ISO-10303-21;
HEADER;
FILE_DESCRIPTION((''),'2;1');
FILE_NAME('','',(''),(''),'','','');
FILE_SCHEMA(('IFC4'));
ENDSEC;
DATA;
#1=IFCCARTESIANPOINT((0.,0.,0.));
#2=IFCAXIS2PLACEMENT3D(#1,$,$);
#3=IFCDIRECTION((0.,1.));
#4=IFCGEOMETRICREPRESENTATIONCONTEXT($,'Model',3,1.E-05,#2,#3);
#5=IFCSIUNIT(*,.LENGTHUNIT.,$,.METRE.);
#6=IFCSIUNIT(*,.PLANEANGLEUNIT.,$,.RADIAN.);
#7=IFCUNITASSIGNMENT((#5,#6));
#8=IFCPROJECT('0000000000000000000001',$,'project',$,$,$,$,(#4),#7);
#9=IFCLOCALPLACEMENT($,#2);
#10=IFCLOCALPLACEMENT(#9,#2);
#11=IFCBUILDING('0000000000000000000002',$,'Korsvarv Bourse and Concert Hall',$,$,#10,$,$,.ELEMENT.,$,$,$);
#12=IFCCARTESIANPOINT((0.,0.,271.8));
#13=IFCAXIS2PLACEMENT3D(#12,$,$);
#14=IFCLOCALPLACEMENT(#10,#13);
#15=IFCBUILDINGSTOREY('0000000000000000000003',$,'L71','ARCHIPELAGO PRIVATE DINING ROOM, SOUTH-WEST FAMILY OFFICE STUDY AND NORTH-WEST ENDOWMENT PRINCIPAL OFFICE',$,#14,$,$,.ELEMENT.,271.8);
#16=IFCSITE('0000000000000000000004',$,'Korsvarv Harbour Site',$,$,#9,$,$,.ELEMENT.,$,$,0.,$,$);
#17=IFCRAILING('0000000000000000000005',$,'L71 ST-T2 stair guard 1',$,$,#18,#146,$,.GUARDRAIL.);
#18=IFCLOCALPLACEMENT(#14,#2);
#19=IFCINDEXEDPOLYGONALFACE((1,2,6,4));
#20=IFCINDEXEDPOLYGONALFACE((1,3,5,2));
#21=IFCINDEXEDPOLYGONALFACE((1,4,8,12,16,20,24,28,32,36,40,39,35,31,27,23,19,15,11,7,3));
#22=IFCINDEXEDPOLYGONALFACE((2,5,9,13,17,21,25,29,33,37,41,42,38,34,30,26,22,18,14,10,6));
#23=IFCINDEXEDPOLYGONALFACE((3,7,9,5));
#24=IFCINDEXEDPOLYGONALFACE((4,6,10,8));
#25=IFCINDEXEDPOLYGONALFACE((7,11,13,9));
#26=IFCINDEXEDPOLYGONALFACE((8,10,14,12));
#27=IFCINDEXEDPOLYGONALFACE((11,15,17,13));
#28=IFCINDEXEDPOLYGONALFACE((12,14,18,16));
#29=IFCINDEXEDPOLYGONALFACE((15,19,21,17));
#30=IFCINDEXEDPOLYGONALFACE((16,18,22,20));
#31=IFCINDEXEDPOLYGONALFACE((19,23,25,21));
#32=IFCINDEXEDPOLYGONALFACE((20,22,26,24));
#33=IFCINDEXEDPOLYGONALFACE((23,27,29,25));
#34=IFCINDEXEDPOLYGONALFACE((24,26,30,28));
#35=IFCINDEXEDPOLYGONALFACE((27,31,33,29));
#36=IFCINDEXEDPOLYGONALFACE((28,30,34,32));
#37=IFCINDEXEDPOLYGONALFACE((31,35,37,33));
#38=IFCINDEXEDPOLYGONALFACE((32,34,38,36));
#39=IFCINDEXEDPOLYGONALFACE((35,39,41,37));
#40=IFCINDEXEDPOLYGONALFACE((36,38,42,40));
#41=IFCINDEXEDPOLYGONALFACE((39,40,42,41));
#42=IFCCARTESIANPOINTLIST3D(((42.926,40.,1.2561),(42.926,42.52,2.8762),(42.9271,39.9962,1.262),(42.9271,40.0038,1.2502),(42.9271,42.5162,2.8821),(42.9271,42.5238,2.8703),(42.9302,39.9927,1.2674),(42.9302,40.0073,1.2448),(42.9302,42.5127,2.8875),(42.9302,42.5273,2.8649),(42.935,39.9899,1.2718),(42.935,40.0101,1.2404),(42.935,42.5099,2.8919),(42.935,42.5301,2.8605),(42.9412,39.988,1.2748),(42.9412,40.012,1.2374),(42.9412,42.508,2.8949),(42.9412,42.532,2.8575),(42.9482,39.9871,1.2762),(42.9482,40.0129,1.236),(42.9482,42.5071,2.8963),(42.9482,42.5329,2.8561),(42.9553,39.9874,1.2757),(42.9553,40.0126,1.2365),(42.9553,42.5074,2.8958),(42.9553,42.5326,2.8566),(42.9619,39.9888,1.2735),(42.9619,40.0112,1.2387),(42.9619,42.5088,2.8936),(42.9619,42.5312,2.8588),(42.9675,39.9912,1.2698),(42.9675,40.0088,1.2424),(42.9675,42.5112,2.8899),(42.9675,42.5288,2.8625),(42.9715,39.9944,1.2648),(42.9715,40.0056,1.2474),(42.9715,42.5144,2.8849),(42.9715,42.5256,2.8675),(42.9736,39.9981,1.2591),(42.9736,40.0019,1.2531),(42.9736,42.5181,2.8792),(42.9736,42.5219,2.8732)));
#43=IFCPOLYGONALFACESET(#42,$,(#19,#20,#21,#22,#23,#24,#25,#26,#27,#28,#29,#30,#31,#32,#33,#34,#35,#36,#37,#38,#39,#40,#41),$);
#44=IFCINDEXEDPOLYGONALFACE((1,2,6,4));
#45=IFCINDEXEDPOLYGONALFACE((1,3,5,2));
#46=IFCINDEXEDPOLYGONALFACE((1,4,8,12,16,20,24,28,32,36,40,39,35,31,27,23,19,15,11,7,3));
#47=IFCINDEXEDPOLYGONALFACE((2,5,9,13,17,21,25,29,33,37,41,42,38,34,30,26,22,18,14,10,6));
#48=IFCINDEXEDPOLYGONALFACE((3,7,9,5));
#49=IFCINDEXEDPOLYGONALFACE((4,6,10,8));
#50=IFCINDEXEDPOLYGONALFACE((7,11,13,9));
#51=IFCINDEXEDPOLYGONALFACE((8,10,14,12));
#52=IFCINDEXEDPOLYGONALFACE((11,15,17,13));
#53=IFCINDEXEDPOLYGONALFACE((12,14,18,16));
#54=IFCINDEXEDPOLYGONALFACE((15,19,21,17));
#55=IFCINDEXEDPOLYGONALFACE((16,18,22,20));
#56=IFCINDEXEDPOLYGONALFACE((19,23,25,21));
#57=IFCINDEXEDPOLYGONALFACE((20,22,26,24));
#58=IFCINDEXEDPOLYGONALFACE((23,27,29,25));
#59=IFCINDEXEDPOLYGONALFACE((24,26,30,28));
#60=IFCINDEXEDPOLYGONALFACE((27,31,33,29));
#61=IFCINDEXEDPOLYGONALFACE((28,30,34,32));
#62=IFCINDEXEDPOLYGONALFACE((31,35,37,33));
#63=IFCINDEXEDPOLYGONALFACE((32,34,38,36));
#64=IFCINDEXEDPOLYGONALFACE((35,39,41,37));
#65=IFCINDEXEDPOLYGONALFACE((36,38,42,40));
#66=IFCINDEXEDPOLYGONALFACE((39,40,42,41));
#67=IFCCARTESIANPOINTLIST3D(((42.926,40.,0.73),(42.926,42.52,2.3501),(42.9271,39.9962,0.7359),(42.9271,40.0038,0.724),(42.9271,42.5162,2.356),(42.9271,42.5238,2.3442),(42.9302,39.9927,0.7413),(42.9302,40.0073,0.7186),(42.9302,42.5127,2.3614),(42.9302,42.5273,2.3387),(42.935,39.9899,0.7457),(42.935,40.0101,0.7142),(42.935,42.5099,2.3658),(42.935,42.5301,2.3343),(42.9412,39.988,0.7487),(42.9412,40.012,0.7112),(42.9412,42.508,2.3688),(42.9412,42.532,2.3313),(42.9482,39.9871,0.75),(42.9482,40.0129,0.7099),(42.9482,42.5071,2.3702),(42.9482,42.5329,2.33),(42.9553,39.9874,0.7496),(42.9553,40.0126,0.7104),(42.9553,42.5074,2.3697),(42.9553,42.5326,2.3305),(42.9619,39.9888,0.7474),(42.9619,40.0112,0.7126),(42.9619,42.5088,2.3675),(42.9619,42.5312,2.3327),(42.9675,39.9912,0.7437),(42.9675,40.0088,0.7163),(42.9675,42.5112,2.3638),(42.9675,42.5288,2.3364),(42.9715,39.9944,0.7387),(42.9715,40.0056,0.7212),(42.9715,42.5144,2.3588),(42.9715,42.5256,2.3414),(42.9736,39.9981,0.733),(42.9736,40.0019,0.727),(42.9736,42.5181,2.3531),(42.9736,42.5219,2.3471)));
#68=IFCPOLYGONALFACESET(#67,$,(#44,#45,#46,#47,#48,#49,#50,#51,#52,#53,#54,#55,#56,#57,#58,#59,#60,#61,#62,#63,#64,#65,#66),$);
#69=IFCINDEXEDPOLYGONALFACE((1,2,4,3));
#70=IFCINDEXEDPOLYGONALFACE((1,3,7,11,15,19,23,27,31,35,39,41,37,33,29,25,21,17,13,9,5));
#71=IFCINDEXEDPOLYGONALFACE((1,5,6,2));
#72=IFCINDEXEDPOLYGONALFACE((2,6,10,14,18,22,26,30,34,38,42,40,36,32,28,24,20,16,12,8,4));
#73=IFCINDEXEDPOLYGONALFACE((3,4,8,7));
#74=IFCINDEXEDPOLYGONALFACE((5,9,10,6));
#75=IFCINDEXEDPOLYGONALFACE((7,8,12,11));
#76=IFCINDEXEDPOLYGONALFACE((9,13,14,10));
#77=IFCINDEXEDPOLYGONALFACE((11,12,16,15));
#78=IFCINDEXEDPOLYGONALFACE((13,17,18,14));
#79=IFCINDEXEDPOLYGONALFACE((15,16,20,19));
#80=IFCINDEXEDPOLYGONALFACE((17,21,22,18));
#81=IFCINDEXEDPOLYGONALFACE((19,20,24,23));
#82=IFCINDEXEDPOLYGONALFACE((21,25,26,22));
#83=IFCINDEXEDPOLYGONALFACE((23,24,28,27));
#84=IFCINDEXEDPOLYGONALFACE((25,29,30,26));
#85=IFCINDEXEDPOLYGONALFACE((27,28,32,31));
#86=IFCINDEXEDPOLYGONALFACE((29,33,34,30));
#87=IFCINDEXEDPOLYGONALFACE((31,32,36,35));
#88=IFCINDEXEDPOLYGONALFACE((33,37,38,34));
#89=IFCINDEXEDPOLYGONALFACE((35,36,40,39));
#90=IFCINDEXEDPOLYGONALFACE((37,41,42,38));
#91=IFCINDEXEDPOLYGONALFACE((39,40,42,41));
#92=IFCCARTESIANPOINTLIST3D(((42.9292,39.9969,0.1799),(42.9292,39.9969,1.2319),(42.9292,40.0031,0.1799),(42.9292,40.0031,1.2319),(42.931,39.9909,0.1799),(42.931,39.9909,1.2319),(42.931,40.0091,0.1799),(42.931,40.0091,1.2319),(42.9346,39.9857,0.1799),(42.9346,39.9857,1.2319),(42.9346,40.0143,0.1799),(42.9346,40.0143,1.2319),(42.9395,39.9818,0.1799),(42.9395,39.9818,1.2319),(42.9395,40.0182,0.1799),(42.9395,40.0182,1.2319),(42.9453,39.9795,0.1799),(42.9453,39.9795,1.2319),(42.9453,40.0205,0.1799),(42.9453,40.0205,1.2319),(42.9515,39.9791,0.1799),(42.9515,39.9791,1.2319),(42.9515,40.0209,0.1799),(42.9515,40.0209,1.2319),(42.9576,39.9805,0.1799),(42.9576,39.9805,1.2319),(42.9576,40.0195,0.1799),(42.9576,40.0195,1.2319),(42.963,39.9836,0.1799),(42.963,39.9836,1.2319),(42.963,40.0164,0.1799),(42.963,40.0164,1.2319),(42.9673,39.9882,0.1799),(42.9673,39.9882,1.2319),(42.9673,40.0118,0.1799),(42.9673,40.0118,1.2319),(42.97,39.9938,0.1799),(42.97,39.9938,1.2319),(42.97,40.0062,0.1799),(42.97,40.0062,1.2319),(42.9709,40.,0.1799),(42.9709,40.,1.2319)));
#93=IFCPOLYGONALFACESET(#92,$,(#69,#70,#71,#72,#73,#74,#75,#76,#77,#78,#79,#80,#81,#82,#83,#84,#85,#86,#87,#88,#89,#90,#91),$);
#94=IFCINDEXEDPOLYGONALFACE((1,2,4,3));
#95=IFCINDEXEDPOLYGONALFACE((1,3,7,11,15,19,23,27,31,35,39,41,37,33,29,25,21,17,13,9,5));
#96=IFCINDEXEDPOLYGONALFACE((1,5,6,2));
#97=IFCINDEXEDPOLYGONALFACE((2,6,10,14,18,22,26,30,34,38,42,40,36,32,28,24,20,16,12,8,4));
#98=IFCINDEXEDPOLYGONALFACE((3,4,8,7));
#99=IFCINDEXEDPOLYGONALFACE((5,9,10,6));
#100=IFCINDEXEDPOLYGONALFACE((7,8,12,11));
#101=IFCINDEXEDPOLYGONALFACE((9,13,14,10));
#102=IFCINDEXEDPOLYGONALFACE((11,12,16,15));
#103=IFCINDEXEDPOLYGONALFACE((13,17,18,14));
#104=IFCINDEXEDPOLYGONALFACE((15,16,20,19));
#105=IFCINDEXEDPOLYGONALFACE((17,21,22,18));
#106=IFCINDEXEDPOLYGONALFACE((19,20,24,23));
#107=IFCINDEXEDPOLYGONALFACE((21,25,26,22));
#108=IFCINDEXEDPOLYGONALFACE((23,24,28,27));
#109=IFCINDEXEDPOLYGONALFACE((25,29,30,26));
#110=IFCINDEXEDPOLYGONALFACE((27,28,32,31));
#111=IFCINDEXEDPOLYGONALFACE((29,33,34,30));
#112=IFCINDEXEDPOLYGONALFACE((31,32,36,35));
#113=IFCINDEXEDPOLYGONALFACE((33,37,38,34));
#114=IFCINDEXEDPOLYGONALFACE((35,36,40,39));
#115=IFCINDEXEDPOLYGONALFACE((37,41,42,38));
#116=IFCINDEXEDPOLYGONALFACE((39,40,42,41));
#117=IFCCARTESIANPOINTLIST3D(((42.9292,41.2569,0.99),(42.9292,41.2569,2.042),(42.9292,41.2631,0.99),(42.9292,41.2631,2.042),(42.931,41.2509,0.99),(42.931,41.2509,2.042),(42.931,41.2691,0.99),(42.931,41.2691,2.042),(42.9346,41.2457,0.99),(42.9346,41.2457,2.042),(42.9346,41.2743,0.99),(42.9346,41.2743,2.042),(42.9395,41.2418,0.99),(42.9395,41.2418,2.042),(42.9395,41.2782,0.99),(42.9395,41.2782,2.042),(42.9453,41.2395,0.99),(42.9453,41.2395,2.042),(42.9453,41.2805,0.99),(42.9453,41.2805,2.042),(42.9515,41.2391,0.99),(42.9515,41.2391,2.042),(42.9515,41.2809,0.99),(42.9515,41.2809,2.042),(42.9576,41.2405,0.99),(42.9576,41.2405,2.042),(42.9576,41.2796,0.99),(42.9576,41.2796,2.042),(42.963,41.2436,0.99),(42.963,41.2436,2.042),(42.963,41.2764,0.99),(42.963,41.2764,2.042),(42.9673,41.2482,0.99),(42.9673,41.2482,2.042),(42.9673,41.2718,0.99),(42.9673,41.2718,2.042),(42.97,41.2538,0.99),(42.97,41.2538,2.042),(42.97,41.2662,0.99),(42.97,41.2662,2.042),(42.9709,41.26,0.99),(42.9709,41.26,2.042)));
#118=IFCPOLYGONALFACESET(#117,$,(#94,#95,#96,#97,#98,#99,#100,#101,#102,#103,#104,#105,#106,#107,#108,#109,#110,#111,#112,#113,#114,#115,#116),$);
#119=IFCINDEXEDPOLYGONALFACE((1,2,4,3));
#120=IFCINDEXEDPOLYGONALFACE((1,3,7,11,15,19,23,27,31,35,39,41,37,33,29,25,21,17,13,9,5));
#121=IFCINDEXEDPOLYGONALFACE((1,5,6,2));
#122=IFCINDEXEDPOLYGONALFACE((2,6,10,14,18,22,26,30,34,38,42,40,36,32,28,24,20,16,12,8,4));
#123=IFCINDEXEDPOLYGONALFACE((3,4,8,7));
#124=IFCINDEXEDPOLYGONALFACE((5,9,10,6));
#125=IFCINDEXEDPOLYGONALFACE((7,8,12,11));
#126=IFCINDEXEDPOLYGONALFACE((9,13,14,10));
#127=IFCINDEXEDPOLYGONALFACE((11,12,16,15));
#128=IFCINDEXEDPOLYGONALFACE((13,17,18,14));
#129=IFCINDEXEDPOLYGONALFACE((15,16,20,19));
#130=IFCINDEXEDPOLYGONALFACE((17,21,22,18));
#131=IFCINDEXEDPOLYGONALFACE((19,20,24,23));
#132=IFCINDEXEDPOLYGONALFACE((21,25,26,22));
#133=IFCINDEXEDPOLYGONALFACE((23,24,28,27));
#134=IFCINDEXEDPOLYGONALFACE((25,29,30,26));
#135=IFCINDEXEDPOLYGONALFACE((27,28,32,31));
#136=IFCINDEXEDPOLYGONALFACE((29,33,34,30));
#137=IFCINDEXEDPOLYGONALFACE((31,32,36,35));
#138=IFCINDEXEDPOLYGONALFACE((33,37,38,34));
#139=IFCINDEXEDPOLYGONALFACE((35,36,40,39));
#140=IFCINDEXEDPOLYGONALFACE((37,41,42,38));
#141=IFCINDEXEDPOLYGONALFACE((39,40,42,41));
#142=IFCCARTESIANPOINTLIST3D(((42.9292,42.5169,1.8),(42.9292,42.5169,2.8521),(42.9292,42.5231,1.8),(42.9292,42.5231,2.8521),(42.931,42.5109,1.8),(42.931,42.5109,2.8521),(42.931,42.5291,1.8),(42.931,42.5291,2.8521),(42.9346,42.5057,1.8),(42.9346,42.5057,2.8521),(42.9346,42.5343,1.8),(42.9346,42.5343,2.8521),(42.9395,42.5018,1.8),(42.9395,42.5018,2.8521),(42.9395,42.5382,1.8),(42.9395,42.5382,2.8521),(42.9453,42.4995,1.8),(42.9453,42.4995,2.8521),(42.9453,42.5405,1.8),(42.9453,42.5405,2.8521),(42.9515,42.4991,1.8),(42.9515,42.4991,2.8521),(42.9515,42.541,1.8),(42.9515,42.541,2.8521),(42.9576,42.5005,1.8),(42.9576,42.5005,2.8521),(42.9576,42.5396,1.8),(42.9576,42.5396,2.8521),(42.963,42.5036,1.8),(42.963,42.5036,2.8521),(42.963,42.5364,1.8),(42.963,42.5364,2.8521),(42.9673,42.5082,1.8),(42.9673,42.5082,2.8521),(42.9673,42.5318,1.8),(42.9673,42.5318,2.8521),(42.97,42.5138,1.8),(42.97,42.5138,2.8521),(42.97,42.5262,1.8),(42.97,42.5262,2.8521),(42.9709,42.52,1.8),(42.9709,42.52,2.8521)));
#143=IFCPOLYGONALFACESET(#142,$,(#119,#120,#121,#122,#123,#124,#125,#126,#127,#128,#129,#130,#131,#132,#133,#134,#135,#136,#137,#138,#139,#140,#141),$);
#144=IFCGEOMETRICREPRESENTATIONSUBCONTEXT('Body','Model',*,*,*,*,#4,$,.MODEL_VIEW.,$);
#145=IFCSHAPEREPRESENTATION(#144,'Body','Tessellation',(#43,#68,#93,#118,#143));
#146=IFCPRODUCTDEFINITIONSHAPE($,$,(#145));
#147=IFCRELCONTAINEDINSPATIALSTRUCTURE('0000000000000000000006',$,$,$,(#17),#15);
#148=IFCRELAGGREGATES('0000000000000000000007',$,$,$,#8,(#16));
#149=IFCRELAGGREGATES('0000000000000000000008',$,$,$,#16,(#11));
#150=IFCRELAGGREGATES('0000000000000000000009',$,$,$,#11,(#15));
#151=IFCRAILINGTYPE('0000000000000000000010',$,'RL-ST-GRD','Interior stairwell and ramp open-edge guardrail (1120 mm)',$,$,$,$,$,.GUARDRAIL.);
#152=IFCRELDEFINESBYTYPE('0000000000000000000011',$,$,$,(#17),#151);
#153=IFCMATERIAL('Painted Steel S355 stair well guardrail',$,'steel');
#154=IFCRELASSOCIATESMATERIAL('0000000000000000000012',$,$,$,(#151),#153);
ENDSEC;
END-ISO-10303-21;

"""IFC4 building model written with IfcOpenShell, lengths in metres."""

from ifc_helpers import new_model, si_unit, direction, frame, origin, origin_2d, place, context, subcontext, project, spatial, circle, extrude, material, type_object, element, save


model = new_model("IFC4")

# Units and contexts
model_context = context("Model", 3, precision=1e-05, world=origin(), true_north=direction((0.0, 1.0)))
body_context = subcontext(model_context, "Body", "Model", "MODEL_VIEW")
ifc_project = project(units=[si_unit("LENGTHUNIT", "METRE"), si_unit("PLANEANGLEUNIT", "RADIAN")], contexts=[model_context])

# Site, building, storey
site_placement = place(None, origin())
site = spatial("IfcSite", under=ifc_project, at=site_placement, Name="Korsvarv Harbour Site", CompositionType="ELEMENT", RefElevation=0.0)
building_placement = place(site_placement, origin())
building = spatial("IfcBuilding", under=site, at=building_placement, Name="Korsvarv Bourse and Concert Hall", CompositionType="ELEMENT")
storey_placement = place(building_placement, frame((0.0, 0.0, 271.8)))
storey = spatial("IfcBuildingStorey", under=building, at=storey_placement, Name="L71", Description="ARCHIPELAGO PRIVATE DINING ROOM, SOUTH-WEST FAMILY OFFICE STUDY AND NORTH-WEST ENDOWMENT PRINCIPAL OFFICE", CompositionType="ELEMENT", Elevation=271.8)

# Railing
ifc_material_1 = material(Name="Painted Steel S355 stair well guardrail", Category="steel")
railing_type_1 = type_object("IfcRailingType", Name="RL-ST-GRD", Description="Interior stairwell and ramp open-edge guardrail (1120 mm)", PredefinedType="GUARDRAIL", material=ifc_material_1)
railing_1_placement = place(storey_placement, frame((42.95, 40.0, 0.1799)))
element("IfcRailing", 1, at=railing_1_placement, inside=storey, type_object=railing_type_1, Name="L71 ST-T2 stair guard 1", PredefinedType="GUARDRAIL", context=body_context, shape_type="SweptSolid", body=[
    extrude(circle(Radius=0.0239, at=origin_2d()), frame((0.0, 0.0, 1.0762), z_axis=(0.0, 0.841163, 0.540782), x_axis=(-1.0, 0.0, 0.0)), (0.0, 0.0, 1.0), 2.9958),
    extrude(circle(Radius=0.0239, at=origin_2d()), frame((0.0, 0.0, 0.55), z_axis=(0.0, 0.841163, 0.540782), x_axis=(-1.0, 0.0, 0.0)), (0.0, 0.0, 1.0), 2.9958),
    extrude(circle(Radius=0.021, at=origin_2d()), origin(), (0.0, 0.0, 1.0), 1.052),
    extrude(circle(Radius=0.021, at=origin_2d()), frame((0.0, 1.26, 0.8101)), (0.0, 0.0, 1.0), 1.052),
    extrude(circle(Radius=0.021, at=origin_2d()), frame((0.0, 2.52, 1.6201)), (0.0, 0.0, 1.0), 1.052),
])

save(model, "model.ifc")
